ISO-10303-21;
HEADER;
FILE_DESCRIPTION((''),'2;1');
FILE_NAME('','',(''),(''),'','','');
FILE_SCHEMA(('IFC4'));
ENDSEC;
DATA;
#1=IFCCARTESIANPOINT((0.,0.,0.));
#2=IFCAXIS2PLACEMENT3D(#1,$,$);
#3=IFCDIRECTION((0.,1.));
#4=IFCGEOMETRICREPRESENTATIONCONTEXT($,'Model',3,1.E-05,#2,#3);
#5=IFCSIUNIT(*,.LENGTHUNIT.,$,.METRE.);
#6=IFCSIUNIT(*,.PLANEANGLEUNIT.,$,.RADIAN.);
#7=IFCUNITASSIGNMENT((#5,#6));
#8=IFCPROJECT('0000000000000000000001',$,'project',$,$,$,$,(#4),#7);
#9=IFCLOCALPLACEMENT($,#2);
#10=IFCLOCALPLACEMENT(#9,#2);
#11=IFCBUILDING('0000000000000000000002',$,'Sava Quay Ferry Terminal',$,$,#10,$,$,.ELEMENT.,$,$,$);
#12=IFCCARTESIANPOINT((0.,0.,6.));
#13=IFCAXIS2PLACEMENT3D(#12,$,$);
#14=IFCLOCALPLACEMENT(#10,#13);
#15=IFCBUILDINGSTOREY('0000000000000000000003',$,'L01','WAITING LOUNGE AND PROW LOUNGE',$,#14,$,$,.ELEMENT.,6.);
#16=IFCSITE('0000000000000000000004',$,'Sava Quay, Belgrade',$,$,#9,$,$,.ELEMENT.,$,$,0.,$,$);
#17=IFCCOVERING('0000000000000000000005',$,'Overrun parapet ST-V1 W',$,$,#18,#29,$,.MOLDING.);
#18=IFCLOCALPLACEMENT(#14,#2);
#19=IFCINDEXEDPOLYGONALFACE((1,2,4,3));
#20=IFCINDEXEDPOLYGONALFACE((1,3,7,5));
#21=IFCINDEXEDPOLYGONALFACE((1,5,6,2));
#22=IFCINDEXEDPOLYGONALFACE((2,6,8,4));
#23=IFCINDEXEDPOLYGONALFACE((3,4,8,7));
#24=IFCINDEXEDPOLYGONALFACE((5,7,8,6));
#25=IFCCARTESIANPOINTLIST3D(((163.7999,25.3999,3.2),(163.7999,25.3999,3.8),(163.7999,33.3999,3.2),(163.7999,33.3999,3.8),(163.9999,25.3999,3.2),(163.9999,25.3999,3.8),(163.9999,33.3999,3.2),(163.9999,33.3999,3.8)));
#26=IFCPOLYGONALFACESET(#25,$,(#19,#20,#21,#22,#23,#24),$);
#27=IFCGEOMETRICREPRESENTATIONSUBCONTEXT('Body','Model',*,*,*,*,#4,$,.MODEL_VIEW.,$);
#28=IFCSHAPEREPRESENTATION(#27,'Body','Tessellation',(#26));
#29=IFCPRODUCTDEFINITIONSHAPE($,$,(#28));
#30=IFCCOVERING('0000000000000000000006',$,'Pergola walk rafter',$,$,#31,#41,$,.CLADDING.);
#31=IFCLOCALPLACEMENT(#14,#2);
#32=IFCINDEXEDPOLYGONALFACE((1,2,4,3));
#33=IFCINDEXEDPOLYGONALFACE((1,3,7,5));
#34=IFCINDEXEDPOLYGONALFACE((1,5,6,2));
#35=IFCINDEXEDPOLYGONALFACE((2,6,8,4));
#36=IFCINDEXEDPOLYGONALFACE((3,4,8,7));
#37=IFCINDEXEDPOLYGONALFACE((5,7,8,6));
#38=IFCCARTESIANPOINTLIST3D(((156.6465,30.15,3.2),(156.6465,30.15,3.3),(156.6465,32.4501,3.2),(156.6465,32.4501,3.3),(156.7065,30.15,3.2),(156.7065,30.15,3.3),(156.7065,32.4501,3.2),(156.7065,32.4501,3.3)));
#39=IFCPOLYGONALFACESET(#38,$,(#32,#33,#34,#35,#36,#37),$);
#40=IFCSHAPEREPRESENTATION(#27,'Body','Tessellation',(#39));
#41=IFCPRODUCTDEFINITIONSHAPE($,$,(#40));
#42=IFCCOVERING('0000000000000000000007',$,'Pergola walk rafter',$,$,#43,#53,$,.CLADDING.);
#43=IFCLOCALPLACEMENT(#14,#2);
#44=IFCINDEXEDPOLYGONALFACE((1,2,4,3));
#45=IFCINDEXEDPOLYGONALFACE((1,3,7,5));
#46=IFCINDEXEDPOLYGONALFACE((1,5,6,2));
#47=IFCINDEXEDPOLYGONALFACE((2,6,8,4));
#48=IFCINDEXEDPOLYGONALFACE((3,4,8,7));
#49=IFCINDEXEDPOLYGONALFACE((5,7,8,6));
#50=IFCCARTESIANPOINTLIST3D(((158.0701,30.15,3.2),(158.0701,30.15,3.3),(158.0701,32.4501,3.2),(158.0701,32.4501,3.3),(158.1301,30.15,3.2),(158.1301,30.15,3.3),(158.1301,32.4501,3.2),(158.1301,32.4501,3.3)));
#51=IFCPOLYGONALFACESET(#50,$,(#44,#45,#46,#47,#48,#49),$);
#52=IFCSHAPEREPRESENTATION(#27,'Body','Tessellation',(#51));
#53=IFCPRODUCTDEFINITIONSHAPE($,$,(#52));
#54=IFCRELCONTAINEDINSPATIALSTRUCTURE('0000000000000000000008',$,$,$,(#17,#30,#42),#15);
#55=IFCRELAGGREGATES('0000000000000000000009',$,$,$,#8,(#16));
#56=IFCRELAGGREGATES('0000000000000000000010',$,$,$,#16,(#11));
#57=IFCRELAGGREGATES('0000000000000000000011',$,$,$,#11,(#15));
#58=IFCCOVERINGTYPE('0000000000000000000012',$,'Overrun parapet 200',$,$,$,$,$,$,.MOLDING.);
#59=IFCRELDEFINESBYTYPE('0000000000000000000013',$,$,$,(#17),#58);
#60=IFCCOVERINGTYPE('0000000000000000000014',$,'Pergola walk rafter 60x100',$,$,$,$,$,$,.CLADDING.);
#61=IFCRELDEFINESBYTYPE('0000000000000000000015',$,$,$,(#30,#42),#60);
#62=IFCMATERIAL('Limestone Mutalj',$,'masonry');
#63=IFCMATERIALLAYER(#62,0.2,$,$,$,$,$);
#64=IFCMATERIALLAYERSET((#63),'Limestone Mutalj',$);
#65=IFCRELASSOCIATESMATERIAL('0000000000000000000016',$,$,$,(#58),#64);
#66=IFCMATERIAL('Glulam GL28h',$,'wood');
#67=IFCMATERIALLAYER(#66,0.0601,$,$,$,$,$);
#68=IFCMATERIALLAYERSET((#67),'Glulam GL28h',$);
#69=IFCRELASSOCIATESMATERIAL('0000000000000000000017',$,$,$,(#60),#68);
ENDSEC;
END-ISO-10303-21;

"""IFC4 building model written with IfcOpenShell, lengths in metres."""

from ifc_helpers import new_model, si_unit, direction, frame, origin, origin_2d, place, context, subcontext, project, spatial, rectangle, extrude, material, layer, layer_set, type_object, element, save


model = new_model("IFC4")

# Units and contexts
model_context = context("Model", 3, precision=1e-05, world=origin(), true_north=direction((0.0, 1.0)))
body_context = subcontext(model_context, "Body", "Model", "MODEL_VIEW")
ifc_project = project(units=[si_unit("LENGTHUNIT", "METRE"), si_unit("PLANEANGLEUNIT", "RADIAN")], contexts=[model_context])

# Site, building, storey
site_placement = place(None, origin())
site = spatial("IfcSite", under=ifc_project, at=site_placement, Name="Sava Quay, Belgrade", CompositionType="ELEMENT", RefElevation=0.0)
building_placement = place(site_placement, origin())
building = spatial("IfcBuilding", under=site, at=building_placement, Name="Sava Quay Ferry Terminal", CompositionType="ELEMENT")
storey_placement = place(building_placement, frame((0.0, 0.0, 6.0)))
storey = spatial("IfcBuildingStorey", under=building, at=storey_placement, Name="L01", Description="WAITING LOUNGE AND PROW LOUNGE", CompositionType="ELEMENT", Elevation=6.0)

# Coverings
ifc_material_1 = material(Name="Limestone Mutalj", Category="masonry")
ifc_layer_1 = layer(ifc_material_1, 0.2)
ifc_layer_set_1 = layer_set([ifc_layer_1], Name="Limestone Mutalj")
covering_type_1 = type_object("IfcCoveringType", Name="Overrun parapet 200", PredefinedType="MOLDING", material=ifc_layer_set_1)
covering_1_placement = place(storey_placement, frame((163.8999, 29.3999, 3.2), z_axis=(0.0, 0.0, 1.0), x_axis=(1.0, 0.0, 0.0)))
element("IfcCovering", 1, at=covering_1_placement, inside=storey, type_object=covering_type_1, Name="Overrun parapet ST-V1 W", PredefinedType="MOLDING", context=body_context, shape_type="SweptSolid", body=[
    extrude(rectangle(XDim=0.2, YDim=8.0, at=origin_2d()), origin(), (0.0, 0.0, 1.0), 0.6001),
])
ifc_material_2 = material(Name="Glulam GL28h", Category="wood")
ifc_layer_2 = layer(ifc_material_2, 0.0601)
ifc_layer_set_2 = layer_set([ifc_layer_2], Name="Glulam GL28h")
covering_type_2 = type_object("IfcCoveringType", Name="Pergola walk rafter 60x100", PredefinedType="CLADDING", material=ifc_layer_set_2)
for number, where, z_axis, x_axis, name in (
    (2, (156.6765, 31.3, 3.2), (0.0, 0.0, 1.0), (1.0, 0.0, 0.0), "Pergola walk rafter"),
    (3, (158.1001, 31.3, 3.2), (0.0, 0.0, 1.0), (1.0, 0.0, 0.0), "Pergola walk rafter"),
):
    element("IfcCovering", number, at=place(storey_placement, frame(where, z_axis=z_axis, x_axis=x_axis)), inside=storey, type_object=covering_type_2, Name=name, PredefinedType="CLADDING", context=body_context, shape_type="SweptSolid", body=[
        extrude(rectangle(XDim=0.0601, YDim=2.3, at=origin_2d()), origin(), (0.0, 0.0, 1.0), 0.1001),
    ])

save(model, "model.ifc")
